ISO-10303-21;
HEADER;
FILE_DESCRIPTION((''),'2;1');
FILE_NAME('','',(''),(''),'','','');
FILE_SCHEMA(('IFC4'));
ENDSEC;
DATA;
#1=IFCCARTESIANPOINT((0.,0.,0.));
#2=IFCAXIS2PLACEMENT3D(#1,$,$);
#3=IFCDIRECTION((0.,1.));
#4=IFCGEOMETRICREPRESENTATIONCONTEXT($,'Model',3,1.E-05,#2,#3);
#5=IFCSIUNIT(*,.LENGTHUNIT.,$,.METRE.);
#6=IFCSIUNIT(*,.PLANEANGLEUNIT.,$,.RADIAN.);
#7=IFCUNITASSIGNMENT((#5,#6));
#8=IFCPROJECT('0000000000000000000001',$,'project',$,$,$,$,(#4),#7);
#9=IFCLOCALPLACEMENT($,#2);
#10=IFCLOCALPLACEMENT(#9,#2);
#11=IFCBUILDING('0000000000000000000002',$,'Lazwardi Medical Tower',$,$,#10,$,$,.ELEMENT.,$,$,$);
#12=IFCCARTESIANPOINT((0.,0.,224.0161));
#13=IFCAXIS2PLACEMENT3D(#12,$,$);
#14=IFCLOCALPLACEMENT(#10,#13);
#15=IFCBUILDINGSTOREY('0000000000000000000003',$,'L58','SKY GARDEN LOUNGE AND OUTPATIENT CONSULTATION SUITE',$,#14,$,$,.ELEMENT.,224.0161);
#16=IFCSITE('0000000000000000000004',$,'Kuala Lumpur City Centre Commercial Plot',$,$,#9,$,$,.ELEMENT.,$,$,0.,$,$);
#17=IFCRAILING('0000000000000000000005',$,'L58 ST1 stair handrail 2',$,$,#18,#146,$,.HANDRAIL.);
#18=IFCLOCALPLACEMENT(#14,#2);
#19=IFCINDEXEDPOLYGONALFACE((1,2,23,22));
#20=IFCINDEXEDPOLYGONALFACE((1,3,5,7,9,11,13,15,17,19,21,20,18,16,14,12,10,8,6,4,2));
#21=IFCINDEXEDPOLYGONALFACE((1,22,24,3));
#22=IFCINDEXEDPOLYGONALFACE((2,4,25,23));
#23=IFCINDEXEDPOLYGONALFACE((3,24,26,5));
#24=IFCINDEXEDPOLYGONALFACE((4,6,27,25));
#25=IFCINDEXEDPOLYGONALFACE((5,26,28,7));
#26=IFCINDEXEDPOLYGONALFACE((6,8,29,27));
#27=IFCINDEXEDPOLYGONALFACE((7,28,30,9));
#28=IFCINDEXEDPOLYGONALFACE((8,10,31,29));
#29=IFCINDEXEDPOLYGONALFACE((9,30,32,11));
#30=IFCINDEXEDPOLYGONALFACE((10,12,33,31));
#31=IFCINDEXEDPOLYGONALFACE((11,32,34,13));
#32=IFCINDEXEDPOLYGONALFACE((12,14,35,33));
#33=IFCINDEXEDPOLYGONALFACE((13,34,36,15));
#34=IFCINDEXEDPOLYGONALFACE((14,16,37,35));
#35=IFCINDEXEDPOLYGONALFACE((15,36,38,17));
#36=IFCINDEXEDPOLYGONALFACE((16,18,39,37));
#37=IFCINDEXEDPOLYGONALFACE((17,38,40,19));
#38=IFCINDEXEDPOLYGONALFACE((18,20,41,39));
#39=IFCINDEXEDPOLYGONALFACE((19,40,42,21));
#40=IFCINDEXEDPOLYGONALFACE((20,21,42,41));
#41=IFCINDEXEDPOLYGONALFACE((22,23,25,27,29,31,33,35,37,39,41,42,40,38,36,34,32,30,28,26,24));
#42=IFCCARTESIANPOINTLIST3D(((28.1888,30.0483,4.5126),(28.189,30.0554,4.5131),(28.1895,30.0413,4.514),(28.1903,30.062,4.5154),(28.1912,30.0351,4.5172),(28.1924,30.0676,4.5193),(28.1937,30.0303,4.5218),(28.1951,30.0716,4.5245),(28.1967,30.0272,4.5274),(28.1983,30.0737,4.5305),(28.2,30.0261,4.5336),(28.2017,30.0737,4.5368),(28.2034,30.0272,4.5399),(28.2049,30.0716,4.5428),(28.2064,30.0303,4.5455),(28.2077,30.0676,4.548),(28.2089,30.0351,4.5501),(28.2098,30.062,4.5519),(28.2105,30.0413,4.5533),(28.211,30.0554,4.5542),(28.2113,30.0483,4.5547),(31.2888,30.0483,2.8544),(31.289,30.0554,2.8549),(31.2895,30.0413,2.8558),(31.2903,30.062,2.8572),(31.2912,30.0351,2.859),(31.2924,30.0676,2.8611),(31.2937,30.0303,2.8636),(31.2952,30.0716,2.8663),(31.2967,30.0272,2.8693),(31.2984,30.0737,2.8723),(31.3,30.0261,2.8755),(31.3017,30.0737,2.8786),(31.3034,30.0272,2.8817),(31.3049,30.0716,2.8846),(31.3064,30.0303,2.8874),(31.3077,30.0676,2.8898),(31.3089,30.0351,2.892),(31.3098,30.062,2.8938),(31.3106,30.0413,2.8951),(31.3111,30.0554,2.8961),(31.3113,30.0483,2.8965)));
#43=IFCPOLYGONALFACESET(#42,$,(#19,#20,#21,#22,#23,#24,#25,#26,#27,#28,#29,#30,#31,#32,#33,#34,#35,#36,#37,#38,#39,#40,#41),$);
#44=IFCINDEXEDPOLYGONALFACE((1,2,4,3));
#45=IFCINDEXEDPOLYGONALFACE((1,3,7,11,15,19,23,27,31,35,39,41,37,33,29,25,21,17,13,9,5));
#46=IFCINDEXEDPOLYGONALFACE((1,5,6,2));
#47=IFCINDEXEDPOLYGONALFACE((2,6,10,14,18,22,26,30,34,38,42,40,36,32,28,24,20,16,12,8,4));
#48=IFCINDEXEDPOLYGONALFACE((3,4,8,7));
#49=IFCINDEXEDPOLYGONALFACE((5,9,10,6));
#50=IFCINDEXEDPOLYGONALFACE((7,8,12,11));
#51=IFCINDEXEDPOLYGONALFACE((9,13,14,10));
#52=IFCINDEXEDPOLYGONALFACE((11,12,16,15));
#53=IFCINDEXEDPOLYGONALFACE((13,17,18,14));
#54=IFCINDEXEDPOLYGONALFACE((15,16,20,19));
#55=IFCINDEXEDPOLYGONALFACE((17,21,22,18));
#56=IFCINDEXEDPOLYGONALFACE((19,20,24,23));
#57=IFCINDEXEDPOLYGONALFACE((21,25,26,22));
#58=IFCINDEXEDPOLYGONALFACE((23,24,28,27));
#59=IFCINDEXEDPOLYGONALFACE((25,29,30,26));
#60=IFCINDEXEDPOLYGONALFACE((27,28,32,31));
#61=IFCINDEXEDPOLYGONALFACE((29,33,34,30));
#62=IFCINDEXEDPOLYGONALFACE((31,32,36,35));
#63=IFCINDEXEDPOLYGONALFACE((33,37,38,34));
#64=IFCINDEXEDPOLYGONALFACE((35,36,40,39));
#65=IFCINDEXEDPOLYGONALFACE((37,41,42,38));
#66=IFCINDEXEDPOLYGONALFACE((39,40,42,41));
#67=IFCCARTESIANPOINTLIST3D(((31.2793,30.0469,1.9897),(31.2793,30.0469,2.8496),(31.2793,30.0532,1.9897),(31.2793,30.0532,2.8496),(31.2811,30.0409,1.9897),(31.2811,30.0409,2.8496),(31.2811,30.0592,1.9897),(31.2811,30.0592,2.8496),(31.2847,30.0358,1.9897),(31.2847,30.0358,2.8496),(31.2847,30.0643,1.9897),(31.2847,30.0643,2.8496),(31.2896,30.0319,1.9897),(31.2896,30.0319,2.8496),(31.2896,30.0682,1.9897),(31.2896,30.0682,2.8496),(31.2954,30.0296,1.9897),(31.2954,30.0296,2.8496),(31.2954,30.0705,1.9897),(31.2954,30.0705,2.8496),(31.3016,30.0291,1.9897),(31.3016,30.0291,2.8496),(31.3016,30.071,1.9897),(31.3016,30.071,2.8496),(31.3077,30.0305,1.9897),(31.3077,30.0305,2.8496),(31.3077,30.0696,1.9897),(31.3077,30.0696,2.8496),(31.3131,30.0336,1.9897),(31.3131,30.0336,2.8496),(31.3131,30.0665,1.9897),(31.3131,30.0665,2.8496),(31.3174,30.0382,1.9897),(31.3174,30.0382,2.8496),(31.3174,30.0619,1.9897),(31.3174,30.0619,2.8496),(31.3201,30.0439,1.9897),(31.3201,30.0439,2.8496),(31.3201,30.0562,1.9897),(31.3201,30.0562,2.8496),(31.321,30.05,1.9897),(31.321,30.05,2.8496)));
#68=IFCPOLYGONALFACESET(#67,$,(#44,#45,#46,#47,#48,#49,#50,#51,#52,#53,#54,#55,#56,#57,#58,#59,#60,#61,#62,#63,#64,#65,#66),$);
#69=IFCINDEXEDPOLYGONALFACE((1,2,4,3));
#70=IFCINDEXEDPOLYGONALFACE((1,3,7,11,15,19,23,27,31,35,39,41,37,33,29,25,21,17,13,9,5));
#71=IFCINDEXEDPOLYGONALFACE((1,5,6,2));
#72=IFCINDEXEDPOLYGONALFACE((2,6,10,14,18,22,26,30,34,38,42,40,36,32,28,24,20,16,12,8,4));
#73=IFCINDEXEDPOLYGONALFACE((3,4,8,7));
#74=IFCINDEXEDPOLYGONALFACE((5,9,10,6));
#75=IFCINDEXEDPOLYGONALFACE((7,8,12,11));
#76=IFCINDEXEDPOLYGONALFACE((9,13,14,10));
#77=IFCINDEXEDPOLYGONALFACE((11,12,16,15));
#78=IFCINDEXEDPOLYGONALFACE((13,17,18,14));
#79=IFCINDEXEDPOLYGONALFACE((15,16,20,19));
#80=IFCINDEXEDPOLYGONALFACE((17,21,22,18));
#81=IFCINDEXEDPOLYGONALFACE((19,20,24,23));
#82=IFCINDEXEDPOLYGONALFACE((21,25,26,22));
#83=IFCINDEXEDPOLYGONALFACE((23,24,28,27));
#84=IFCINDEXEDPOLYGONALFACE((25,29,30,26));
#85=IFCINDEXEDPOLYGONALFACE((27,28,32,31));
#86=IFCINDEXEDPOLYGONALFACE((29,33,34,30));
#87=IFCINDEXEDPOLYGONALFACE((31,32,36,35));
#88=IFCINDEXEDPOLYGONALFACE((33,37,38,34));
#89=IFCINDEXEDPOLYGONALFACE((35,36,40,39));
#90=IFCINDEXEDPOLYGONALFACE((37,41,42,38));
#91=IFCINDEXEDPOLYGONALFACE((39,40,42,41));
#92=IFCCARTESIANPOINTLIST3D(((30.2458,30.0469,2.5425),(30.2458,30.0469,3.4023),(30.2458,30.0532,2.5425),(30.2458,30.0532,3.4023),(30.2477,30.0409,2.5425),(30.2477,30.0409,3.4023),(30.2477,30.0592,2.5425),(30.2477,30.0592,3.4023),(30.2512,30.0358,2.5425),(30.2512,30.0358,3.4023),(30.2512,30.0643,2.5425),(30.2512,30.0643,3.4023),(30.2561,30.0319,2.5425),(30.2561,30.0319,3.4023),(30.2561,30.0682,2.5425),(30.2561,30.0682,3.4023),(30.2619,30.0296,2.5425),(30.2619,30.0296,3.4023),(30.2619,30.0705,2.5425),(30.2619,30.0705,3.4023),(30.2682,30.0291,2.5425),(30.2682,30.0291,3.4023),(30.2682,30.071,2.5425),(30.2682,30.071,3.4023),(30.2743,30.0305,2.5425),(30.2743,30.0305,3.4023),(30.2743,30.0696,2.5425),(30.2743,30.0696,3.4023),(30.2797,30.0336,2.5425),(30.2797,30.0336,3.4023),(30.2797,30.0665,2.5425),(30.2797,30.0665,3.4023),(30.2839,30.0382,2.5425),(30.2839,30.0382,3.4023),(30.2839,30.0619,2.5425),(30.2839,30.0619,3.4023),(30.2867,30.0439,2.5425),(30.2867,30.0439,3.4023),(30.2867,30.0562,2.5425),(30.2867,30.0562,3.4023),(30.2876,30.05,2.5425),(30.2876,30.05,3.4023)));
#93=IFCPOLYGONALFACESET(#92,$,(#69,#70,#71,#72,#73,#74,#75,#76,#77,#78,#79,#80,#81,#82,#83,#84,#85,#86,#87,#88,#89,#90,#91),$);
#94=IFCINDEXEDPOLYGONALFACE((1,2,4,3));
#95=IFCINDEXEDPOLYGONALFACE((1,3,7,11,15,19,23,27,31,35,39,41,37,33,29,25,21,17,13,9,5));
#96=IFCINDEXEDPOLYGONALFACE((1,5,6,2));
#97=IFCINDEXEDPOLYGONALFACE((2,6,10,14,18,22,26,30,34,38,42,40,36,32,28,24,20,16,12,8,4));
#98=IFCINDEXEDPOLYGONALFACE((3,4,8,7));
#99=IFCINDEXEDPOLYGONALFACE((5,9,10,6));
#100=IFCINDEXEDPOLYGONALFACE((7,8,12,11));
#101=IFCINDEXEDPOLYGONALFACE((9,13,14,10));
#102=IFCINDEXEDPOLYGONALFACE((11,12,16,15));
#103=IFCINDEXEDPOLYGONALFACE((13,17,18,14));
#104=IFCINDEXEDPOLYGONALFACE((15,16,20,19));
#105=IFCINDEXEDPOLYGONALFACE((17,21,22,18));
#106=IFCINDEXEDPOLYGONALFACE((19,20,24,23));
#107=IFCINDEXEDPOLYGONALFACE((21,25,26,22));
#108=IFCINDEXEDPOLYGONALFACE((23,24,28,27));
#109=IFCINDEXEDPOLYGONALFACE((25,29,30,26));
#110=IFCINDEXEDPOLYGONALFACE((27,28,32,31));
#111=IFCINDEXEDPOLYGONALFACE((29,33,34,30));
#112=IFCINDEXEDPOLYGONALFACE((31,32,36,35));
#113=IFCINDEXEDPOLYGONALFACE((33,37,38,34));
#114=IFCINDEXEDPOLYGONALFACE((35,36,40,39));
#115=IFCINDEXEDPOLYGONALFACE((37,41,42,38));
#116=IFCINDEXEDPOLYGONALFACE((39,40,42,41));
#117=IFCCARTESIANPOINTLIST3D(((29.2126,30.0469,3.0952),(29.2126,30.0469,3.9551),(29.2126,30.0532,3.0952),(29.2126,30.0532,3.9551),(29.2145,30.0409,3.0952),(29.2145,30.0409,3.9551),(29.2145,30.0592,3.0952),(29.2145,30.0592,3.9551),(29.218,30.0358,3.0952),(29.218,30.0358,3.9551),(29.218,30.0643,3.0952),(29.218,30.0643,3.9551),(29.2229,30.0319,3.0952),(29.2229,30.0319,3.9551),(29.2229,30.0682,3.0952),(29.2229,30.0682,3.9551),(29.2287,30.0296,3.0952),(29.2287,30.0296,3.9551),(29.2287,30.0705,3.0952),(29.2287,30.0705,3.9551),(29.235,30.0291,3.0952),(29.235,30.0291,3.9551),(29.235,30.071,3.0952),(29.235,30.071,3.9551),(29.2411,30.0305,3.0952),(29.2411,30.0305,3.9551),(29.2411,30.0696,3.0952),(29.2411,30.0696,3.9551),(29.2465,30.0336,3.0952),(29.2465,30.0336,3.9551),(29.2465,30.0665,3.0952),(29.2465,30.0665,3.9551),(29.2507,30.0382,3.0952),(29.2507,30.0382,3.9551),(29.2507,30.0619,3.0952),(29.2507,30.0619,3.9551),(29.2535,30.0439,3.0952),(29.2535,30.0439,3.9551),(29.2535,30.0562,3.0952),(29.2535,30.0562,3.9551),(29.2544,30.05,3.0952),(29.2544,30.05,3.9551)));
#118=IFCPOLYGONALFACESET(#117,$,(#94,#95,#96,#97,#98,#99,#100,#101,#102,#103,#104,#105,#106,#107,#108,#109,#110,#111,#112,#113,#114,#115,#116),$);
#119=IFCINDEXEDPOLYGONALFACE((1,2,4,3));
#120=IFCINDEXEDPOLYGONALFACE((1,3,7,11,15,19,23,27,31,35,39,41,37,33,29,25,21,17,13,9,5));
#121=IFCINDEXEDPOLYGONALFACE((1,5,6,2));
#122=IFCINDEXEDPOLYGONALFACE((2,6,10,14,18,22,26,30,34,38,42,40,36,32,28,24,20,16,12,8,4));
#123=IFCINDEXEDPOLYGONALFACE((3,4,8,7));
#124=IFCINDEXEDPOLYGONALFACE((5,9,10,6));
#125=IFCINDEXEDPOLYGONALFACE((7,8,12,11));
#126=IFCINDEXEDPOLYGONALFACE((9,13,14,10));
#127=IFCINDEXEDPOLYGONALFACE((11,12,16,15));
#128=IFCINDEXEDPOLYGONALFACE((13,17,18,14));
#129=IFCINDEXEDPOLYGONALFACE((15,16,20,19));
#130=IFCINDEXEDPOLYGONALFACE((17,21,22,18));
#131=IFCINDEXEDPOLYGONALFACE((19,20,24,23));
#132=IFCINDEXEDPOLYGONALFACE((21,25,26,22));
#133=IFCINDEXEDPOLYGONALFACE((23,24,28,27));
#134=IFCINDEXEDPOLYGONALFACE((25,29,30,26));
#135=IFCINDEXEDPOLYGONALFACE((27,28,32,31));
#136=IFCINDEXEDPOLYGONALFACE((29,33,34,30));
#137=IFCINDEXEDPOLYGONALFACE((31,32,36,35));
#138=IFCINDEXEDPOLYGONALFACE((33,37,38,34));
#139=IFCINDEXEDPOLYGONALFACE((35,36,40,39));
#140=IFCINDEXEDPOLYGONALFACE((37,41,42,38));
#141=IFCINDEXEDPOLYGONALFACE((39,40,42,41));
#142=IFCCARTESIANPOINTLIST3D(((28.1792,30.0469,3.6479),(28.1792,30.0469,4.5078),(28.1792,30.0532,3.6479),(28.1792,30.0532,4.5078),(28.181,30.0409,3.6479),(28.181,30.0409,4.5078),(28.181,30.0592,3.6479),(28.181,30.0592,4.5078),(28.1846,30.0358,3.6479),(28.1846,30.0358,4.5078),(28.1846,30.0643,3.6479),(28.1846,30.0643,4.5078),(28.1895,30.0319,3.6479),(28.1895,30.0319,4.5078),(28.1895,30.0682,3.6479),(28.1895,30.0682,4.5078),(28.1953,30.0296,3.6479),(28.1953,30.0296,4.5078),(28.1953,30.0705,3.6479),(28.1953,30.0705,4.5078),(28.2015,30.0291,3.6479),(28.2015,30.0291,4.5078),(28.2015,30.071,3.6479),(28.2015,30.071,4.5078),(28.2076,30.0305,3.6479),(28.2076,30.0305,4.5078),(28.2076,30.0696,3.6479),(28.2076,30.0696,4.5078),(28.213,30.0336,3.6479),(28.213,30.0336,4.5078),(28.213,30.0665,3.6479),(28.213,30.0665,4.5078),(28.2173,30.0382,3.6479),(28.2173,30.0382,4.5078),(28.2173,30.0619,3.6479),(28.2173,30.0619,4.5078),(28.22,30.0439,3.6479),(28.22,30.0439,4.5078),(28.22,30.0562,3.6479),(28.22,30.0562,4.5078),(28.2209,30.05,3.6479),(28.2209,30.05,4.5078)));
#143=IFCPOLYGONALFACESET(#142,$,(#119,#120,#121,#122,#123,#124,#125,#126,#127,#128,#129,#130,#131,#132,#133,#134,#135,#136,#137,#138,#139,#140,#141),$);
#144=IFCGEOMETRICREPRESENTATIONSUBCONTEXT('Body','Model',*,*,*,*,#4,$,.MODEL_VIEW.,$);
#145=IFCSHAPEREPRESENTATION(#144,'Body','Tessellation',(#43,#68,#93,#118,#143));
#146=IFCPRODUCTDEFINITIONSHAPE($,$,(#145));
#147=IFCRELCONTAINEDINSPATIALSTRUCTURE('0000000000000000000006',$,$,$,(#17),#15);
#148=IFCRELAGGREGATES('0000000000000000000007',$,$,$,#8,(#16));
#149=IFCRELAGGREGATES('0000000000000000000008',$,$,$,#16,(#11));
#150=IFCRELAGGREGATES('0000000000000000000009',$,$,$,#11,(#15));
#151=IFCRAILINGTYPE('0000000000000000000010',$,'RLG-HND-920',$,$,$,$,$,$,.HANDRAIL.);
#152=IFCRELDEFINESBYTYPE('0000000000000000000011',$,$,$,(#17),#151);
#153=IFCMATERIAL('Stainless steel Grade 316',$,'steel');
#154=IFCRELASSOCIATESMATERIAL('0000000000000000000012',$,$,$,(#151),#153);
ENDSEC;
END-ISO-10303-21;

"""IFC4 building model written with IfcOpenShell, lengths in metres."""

from ifc_helpers import new_model, si_unit, direction, frame, origin, origin_2d, place, context, subcontext, project, spatial, circle, extrude, material, type_object, element, save


model = new_model("IFC4")

# Units and contexts
model_context = context("Model", 3, precision=1e-05, world=origin(), true_north=direction((0.0, 1.0)))
body_context = subcontext(model_context, "Body", "Model", "MODEL_VIEW")
ifc_project = project(units=[si_unit("LENGTHUNIT", "METRE"), si_unit("PLANEANGLEUNIT", "RADIAN")], contexts=[model_context])

# Site, building, storey
site_placement = place(None, origin())
site = spatial("IfcSite", under=ifc_project, at=site_placement, Name="Kuala Lumpur City Centre Commercial Plot", CompositionType="ELEMENT", RefElevation=0.0)
building_placement = place(site_placement, origin())
building = spatial("IfcBuilding", under=site, at=building_placement, Name="Lazwardi Medical Tower", CompositionType="ELEMENT")
storey_placement = place(building_placement, frame((0.0, 0.0, 224.0161)))
storey = spatial("IfcBuildingStorey", under=building, at=storey_placement, Name="L58", Description="SKY GARDEN LOUNGE AND OUTPATIENT CONSULTATION SUITE", CompositionType="ELEMENT", Elevation=224.0161)

# Railing
ifc_material_1 = material(Name="Stainless steel Grade 316", Category="steel")
railing_type_1 = type_object("IfcRailingType", Name="RLG-HND-920", PredefinedType="HANDRAIL", material=ifc_material_1)
railing_1_placement = place(storey_placement, frame((31.3, 30.05, 1.9897)))
element("IfcRailing", 1, at=railing_1_placement, inside=storey, type_object=railing_type_1, Name="L58 ST1 stair handrail 2", PredefinedType="HANDRAIL", context=body_context, shape_type="SweptSolid", body=[
    extrude(circle(Radius=0.0239, at=origin_2d()), frame((0.0, 0.0, 0.8857), z_axis=(-0.881783, 0.0, 0.471655), x_axis=(0.0, -1.0, 0.0)), (0.0, 0.0, 1.0), 3.5156),
    extrude(circle(Radius=0.021, at=origin_2d()), origin(), (0.0, 0.0, 1.0), 0.8599),
    extrude(circle(Radius=0.021, at=origin_2d()), frame((-1.0334, 0.0, 0.5527)), (0.0, 0.0, 1.0), 0.8599),
    extrude(circle(Radius=0.021, at=origin_2d()), frame((-2.0667, 0.0, 1.1055)), (0.0, 0.0, 1.0), 0.8599),
    extrude(circle(Radius=0.021, at=origin_2d()), frame((-3.1001, 0.0, 1.6582)), (0.0, 0.0, 1.0), 0.8599),
])

save(model, "model.ifc")
